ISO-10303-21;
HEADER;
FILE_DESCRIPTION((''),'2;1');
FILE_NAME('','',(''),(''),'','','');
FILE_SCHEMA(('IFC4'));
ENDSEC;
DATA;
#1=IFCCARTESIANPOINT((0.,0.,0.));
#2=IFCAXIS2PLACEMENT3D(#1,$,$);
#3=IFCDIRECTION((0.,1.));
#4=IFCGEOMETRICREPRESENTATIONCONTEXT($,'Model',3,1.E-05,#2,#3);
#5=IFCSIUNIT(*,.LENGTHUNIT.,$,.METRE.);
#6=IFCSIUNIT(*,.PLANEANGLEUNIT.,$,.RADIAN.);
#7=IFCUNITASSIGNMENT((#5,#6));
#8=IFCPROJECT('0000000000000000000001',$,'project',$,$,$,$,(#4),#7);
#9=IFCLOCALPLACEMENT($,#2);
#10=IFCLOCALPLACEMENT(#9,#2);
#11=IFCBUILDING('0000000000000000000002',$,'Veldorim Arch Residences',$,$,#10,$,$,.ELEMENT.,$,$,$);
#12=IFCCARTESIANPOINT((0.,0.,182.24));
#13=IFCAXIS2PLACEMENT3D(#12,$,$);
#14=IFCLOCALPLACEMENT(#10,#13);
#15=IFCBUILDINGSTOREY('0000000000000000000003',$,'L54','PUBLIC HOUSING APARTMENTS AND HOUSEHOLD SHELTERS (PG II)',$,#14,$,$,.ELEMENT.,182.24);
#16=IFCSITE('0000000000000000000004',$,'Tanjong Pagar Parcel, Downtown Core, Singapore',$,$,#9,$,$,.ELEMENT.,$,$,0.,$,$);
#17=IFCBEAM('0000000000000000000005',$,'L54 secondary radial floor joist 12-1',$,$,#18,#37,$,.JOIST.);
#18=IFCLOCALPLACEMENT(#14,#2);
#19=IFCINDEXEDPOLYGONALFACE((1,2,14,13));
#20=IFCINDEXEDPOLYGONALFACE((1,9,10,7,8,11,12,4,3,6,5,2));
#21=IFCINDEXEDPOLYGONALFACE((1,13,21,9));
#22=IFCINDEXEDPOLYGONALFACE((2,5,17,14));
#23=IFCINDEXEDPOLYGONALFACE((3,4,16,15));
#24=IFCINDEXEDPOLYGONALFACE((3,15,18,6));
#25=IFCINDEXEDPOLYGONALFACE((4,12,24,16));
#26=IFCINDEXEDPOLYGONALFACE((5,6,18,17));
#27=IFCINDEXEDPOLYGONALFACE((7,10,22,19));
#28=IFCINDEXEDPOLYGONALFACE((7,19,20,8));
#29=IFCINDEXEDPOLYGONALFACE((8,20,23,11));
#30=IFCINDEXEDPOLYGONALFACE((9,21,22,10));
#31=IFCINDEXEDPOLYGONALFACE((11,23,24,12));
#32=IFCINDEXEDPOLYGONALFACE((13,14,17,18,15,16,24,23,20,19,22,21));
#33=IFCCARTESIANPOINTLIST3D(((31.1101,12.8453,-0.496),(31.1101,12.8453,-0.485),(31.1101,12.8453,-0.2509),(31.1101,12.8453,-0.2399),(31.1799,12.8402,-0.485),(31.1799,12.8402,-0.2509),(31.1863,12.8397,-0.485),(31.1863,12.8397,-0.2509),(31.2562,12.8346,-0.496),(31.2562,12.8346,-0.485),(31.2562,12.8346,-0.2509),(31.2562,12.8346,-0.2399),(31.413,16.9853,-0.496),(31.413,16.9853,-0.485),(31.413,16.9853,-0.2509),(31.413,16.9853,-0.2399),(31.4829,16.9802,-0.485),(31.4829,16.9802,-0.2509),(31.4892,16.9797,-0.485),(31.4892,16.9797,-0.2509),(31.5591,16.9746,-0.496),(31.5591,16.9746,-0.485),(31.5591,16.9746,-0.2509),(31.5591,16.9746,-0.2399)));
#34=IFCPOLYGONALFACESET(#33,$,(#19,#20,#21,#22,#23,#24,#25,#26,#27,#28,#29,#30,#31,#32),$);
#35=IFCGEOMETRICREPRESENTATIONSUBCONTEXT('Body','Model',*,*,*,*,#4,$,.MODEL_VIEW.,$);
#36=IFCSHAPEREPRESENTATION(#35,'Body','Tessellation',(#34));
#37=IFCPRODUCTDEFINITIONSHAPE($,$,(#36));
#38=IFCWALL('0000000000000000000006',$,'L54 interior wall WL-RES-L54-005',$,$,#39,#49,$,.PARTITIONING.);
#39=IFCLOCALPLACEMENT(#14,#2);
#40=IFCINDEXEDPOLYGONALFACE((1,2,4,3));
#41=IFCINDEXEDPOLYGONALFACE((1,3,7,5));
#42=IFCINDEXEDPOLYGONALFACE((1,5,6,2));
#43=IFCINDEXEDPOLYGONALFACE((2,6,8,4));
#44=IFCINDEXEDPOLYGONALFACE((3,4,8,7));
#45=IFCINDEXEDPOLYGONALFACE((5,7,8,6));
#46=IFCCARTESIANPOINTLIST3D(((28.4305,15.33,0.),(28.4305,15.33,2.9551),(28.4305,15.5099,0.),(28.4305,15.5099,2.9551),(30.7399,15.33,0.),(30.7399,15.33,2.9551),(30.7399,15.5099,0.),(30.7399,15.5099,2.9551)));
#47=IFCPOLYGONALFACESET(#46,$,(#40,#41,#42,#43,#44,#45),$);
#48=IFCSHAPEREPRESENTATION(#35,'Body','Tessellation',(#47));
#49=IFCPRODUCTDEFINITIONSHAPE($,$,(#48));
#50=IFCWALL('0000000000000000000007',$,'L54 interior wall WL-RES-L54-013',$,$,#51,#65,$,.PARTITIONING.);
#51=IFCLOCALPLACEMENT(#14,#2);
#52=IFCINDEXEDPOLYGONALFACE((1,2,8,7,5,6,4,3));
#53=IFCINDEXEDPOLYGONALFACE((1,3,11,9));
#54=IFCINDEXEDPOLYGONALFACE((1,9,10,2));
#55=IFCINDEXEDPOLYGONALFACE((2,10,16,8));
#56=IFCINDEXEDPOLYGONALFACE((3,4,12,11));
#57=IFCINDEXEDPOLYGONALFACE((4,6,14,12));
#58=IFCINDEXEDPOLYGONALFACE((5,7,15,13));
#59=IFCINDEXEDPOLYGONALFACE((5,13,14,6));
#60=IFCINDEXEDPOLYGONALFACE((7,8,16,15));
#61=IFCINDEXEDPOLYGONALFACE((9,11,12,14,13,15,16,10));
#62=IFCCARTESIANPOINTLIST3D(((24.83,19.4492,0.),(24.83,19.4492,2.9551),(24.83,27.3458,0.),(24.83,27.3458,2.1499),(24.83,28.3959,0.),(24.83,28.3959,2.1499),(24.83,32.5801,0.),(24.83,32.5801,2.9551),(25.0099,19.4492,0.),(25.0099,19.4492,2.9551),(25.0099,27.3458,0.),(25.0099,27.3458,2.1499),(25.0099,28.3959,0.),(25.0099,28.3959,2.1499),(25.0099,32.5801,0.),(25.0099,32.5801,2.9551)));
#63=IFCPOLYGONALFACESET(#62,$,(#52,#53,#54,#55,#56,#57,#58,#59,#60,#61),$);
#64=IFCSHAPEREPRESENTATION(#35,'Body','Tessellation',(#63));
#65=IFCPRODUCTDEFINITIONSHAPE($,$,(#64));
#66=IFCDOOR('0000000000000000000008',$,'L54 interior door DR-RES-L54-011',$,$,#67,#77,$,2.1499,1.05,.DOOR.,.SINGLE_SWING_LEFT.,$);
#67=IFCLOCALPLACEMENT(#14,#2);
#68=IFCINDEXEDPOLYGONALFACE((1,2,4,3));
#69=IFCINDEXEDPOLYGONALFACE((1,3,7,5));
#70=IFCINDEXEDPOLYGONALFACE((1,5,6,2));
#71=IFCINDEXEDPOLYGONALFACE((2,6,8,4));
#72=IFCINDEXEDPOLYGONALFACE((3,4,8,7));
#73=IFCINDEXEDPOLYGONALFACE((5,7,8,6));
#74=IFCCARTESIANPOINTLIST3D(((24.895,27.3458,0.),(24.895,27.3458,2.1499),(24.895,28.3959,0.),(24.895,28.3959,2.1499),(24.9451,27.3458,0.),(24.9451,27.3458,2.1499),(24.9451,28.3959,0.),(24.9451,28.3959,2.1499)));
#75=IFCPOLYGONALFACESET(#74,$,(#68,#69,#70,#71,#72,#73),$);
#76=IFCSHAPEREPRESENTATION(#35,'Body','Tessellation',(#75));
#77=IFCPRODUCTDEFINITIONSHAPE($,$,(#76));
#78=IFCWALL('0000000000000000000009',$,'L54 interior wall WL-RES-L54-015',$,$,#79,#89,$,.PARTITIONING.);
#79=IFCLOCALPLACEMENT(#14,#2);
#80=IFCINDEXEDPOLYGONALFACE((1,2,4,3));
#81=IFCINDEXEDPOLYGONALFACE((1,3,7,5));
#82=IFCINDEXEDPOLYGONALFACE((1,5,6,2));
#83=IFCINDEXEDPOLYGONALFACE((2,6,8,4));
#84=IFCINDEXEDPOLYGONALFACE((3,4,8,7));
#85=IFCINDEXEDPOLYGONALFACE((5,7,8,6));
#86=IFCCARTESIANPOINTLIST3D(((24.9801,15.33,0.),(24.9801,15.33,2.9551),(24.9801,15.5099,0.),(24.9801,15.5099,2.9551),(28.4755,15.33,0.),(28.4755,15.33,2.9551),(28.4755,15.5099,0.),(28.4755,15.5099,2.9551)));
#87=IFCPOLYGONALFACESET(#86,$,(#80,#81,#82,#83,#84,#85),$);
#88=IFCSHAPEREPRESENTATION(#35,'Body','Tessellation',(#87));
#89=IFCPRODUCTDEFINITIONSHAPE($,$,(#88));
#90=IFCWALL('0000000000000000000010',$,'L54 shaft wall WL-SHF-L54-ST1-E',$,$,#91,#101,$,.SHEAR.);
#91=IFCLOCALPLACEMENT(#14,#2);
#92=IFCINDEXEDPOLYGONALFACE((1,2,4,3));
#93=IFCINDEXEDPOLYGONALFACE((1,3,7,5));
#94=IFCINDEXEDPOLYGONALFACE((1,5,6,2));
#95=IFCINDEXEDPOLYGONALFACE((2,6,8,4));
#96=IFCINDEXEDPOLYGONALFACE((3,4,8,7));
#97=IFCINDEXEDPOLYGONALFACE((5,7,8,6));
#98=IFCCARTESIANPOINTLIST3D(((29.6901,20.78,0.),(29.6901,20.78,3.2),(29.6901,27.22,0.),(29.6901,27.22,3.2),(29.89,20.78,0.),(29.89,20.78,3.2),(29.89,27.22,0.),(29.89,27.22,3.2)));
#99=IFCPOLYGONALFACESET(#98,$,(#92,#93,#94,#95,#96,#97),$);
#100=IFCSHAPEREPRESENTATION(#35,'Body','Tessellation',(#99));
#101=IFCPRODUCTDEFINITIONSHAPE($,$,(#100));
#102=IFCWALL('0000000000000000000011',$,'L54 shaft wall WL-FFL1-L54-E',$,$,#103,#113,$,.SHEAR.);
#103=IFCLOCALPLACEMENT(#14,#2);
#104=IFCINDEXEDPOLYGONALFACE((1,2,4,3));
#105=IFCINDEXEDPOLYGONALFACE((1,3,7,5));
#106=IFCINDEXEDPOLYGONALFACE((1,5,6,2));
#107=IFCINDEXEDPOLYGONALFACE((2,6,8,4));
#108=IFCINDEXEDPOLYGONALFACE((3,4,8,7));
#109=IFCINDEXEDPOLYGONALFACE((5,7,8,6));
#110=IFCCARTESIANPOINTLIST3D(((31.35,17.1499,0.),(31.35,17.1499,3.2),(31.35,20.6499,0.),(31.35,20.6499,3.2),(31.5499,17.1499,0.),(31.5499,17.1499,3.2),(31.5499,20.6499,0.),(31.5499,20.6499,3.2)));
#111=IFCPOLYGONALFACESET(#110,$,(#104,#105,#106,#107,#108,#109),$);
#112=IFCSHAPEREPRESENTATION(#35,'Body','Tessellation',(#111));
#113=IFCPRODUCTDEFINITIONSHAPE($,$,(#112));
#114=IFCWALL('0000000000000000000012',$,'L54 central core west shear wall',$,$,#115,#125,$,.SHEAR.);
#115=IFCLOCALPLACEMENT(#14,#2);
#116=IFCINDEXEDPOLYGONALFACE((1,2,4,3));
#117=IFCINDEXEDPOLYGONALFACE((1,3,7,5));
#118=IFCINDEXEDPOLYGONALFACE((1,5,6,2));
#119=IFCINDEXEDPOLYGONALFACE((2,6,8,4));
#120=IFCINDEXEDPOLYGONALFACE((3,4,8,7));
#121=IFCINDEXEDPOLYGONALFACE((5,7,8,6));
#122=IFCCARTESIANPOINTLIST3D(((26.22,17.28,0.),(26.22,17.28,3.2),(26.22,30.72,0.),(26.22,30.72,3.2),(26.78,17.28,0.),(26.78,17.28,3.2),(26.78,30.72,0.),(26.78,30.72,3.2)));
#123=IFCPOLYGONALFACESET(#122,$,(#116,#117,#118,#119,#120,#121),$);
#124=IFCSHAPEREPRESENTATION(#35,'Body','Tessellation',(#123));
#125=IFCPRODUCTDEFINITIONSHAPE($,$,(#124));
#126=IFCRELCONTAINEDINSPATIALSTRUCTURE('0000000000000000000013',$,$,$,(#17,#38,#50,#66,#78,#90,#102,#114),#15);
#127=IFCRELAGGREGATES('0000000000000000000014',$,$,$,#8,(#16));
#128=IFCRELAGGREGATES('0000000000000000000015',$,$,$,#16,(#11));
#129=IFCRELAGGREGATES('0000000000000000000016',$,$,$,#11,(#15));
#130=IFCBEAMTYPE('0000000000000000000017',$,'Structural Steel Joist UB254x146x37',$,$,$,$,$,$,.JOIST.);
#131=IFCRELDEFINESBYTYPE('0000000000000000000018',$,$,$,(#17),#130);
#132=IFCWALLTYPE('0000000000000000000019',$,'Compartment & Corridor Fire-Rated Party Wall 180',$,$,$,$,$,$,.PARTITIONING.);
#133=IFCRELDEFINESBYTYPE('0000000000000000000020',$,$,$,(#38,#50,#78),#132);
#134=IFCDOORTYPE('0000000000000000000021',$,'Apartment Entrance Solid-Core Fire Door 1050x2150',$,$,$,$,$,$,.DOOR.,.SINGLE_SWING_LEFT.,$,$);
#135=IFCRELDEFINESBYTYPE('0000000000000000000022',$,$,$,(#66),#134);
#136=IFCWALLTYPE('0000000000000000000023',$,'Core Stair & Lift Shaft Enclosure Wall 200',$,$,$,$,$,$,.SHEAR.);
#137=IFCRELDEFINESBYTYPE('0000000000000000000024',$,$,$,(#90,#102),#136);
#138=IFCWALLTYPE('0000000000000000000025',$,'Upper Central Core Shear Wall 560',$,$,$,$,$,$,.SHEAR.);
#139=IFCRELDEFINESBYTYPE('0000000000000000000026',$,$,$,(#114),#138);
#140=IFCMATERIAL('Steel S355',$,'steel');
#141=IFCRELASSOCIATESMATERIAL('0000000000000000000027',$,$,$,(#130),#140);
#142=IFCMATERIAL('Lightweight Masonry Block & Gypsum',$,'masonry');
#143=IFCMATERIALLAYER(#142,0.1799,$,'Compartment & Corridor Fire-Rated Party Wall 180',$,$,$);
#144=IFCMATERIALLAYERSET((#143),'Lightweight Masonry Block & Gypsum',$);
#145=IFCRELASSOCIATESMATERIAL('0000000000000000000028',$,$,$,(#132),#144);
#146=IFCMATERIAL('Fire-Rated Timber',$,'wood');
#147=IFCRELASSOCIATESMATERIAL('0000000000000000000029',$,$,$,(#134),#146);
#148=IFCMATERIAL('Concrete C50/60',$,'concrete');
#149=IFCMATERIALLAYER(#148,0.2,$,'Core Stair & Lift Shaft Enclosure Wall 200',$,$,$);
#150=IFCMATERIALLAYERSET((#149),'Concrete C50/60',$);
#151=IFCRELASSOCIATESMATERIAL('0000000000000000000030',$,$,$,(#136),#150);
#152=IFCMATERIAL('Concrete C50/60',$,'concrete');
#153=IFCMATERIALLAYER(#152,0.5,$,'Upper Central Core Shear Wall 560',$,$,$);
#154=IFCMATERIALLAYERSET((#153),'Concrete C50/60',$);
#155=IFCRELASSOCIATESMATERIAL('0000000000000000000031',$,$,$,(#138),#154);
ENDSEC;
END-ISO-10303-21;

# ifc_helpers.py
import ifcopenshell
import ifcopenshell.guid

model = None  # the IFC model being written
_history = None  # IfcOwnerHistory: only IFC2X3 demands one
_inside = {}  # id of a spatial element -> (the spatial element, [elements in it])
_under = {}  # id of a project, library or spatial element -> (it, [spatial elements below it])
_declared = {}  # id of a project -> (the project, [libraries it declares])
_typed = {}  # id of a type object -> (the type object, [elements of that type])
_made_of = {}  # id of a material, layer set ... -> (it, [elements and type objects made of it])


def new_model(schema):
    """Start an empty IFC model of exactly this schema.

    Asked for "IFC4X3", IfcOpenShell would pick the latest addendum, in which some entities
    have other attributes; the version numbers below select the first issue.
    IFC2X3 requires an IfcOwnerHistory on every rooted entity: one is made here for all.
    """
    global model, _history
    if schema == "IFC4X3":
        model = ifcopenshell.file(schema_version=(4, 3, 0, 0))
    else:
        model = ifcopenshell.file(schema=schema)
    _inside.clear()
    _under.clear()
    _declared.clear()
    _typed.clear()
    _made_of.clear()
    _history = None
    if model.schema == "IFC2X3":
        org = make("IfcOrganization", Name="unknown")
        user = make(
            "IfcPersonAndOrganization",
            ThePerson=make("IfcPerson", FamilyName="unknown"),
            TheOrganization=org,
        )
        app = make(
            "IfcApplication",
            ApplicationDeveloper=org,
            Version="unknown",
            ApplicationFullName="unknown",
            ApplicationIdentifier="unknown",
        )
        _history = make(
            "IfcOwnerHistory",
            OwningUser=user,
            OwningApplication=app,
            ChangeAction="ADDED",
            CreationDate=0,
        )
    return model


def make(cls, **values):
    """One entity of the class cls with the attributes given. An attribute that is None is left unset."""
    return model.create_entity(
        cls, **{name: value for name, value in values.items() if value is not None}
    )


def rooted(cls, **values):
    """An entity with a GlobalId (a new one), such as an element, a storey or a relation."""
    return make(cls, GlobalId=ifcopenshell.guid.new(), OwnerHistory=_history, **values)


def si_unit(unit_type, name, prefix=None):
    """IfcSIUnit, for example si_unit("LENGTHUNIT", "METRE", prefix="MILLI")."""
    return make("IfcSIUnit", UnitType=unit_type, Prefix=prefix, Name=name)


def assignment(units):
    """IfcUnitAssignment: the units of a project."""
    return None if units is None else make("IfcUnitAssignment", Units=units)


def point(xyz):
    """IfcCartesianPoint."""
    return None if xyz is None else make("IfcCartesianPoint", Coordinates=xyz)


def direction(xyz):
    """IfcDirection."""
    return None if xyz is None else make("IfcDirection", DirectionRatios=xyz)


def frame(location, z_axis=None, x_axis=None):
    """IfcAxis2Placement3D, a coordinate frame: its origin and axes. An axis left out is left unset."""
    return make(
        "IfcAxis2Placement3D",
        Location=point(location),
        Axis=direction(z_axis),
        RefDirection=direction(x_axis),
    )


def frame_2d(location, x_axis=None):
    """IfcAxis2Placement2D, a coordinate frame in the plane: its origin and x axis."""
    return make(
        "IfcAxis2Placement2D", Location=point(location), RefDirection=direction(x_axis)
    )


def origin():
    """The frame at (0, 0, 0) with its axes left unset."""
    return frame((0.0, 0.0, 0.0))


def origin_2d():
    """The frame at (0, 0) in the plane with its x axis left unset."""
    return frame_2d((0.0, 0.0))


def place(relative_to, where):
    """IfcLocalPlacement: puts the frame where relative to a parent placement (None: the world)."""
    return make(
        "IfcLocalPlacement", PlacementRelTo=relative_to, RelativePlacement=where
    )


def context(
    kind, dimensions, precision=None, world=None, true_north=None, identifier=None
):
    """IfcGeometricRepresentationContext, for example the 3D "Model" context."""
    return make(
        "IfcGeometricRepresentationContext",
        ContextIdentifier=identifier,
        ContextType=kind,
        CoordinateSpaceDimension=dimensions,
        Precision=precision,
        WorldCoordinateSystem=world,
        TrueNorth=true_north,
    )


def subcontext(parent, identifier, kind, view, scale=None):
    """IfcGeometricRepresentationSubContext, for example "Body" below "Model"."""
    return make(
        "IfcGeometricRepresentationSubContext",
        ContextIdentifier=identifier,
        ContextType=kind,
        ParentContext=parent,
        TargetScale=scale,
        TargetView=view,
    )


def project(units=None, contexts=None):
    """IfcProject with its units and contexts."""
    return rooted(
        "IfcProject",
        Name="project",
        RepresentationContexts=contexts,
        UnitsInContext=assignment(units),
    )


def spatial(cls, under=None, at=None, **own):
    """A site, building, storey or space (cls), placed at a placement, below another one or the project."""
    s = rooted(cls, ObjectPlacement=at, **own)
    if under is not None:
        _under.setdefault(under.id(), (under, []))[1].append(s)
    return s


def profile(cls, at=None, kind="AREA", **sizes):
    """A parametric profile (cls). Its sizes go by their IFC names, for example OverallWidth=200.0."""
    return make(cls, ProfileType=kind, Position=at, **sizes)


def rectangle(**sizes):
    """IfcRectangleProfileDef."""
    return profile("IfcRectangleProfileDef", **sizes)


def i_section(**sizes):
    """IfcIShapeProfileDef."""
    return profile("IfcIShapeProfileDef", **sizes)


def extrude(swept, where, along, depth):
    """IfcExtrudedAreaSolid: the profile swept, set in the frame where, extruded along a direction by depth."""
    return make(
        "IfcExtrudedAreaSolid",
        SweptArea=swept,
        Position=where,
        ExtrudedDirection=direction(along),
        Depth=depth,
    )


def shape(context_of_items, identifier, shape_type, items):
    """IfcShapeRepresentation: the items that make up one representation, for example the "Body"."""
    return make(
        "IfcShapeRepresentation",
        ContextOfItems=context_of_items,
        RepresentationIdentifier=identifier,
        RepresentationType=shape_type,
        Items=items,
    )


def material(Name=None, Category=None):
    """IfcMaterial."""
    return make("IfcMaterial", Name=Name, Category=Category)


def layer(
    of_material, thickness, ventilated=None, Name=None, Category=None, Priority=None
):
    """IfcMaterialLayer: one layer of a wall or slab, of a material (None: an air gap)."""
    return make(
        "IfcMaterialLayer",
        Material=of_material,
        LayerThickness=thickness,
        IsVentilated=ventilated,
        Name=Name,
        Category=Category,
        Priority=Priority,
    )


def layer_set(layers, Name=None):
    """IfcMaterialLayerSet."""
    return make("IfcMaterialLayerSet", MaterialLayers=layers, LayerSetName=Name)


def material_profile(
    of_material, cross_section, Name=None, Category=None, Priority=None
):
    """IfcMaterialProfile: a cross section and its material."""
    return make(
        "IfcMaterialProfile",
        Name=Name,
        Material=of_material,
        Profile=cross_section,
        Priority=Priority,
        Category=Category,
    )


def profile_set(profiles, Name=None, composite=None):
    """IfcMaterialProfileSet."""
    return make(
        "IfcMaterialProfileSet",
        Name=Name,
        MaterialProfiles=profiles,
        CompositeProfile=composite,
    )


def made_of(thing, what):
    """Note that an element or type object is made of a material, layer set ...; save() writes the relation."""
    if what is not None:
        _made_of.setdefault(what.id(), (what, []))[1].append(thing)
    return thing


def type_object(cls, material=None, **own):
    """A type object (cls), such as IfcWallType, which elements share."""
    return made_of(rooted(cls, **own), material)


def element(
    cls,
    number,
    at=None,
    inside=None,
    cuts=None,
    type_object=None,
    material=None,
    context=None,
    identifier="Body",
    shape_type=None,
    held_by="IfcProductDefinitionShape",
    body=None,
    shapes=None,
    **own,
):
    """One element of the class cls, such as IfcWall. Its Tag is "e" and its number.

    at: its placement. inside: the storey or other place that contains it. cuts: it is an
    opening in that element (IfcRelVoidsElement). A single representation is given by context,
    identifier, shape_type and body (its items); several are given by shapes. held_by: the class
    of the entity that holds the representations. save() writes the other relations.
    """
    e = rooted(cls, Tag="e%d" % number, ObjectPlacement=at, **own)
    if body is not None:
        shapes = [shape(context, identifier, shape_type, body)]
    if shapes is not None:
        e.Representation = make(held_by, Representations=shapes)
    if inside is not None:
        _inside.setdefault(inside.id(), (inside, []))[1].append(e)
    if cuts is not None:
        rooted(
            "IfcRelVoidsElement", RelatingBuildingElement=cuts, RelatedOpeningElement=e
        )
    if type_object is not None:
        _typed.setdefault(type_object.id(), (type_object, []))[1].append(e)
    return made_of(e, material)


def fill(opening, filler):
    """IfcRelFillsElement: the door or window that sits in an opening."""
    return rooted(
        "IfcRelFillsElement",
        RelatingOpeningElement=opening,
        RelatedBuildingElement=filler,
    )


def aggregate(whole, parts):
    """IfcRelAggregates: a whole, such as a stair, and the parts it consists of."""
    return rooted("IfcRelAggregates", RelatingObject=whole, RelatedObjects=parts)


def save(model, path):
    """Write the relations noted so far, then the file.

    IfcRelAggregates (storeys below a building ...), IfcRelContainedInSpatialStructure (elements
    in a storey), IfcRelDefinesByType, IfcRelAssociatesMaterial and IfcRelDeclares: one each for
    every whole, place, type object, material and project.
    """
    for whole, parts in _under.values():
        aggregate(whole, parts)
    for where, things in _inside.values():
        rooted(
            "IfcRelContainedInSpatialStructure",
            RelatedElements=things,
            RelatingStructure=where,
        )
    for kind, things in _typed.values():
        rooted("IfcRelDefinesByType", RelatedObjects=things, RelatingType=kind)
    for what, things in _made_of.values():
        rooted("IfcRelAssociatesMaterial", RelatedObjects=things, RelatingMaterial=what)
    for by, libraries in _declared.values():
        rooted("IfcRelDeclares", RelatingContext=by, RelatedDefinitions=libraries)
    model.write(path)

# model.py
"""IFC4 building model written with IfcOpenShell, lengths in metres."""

from ifc_helpers import new_model, si_unit, direction, frame, frame_2d, origin, origin_2d, place, context, subcontext, project, spatial, rectangle, i_section, extrude, material, layer, layer_set, material_profile, profile_set, type_object, element, fill, save


model = new_model("IFC4")

# Units and contexts
model_context = context("Model", 3, precision=1e-05, world=origin(), true_north=direction((0.0, 1.0)))
body_context = subcontext(model_context, "Body", "Model", "MODEL_VIEW")
ifc_project = project(units=[si_unit("LENGTHUNIT", "METRE"), si_unit("PLANEANGLEUNIT", "RADIAN")], contexts=[model_context])

# Site, building, storey
site_placement = place(None, origin())
site = spatial("IfcSite", under=ifc_project, at=site_placement, Name="Tanjong Pagar Parcel, Downtown Core, Singapore", CompositionType="ELEMENT", RefElevation=0.0)
building_placement = place(site_placement, origin())
building = spatial("IfcBuilding", under=site, at=building_placement, Name="Veldorim Arch Residences", CompositionType="ELEMENT")
storey_placement = place(building_placement, frame((0.0, 0.0, 182.24)))
storey = spatial("IfcBuildingStorey", under=building, at=storey_placement, Name="L54", Description="PUBLIC HOUSING APARTMENTS AND HOUSEHOLD SHELTERS (PG II)", CompositionType="ELEMENT", Elevation=182.24)

# Beam
ifc_material_1 = material(Name="Steel S355", Category="steel")
ifc_material_profile_1 = material_profile(ifc_material_1, i_section(OverallWidth=0.1465, OverallDepth=0.2561, WebThickness=0.0063, FlangeThickness=0.011, at=origin_2d()), Name="UB254x146x37")
ifc_profile_set_1 = profile_set([ifc_material_profile_1], Name="Steel S355")
beam_type_1 = type_object("IfcBeamType", Name="Structural Steel Joist UB254x146x37", PredefinedType="JOIST", material=ifc_profile_set_1)
beam_1_placement = place(storey_placement, frame((31.4861, 16.98, -0.3679), z_axis=(-0.072986, -0.997333, 0.0), x_axis=(0.997333, -0.072986, 0.0)))
element("IfcBeam", 1, at=beam_1_placement, inside=storey, type_object=beam_type_1, Name="L54 secondary radial floor joist 12-1", PredefinedType="JOIST", context=body_context, shape_type="SweptSolid", body=[
    extrude(i_section(OverallWidth=0.1465, OverallDepth=0.2561, WebThickness=0.0063, FlangeThickness=0.011, at=origin_2d()), origin(), (0.0, 0.0, 1.0), 4.1511),
])

# Wall
ifc_material_2 = material(Name="Lightweight Masonry Block & Gypsum", Category="masonry")
ifc_layer_1 = layer(ifc_material_2, 0.1799, Name="Compartment & Corridor Fire-Rated Party Wall 180")
ifc_layer_set_1 = layer_set([ifc_layer_1], Name="Lightweight Masonry Block & Gypsum")
wall_type_1 = type_object("IfcWallType", Name="Compartment & Corridor Fire-Rated Party Wall 180", PredefinedType="PARTITIONING", material=ifc_layer_set_1)
wall_1_placement = place(storey_placement, frame((30.74, 15.4199, 0.0), z_axis=(0.0, 0.0, 1.0), x_axis=(-1.0, 0.0, 0.0)))
element("IfcWall", 2, at=wall_1_placement, inside=storey, type_object=wall_type_1, Name="L54 interior wall WL-RES-L54-005", PredefinedType="PARTITIONING", context=body_context, shape_type="SweptSolid", body=[
    extrude(rectangle(XDim=2.3093, YDim=0.1799, at=frame_2d((1.1548, 0.0))), origin(), (0.0, 0.0, 1.0), 2.9551),
])

# Wall, opening, door
wall_2_placement = place(storey_placement, frame((24.9199, 19.4492, 0.0), z_axis=(0.0, 0.0, 1.0), x_axis=(0.0, 1.0, 0.0)))
wall_2 = element("IfcWall", 3, at=wall_2_placement, inside=storey, type_object=wall_type_1, Name="L54 interior wall WL-RES-L54-013", PredefinedType="PARTITIONING", context=body_context, shape_type="SweptSolid", body=[
    extrude(rectangle(XDim=13.1309, YDim=0.1799, at=frame_2d((6.5654, 0.0))), origin(), (0.0, 0.0, 1.0), 2.9551),
])
opening_1_placement = place(wall_2_placement, frame((7.8967, 0.0, 0.0)))
opening_1 = element("IfcOpeningElement", 4, at=opening_1_placement, cuts=wall_2, PredefinedType="OPENING", context=body_context, shape_type="SweptSolid", body=[
    extrude(rectangle(XDim=1.05, YDim=2.1499, at=frame_2d((0.5249, 1.075))), frame((0.0, 0.0999, 0.0), z_axis=(0.0, -1.0, 0.0), x_axis=(1.0, 0.0, 0.0)), (0.0, 0.0, 1.0), 0.2),
])
ifc_material_3 = material(Name="Fire-Rated Timber", Category="wood")
door_type_1 = type_object("IfcDoorType", Name="Apartment Entrance Solid-Core Fire Door 1050x2150", OperationType="SINGLE_SWING_LEFT", PredefinedType="DOOR", material=ifc_material_3)
door_1_placement = place(opening_1_placement, origin())
door_1 = element("IfcDoor", 5, at=door_1_placement, inside=storey, type_object=door_type_1, Name="L54 interior door DR-RES-L54-011", OperationType="SINGLE_SWING_LEFT", OverallHeight=2.1499, OverallWidth=1.05, PredefinedType="DOOR", context=body_context, shape_type="SweptSolid", body=[
    extrude(rectangle(XDim=1.05, YDim=2.1499, at=frame_2d((0.5249, 1.075))), frame((0.0, 0.0249, 0.0), z_axis=(0.0, -1.0, 0.0), x_axis=(1.0, 0.0, 0.0)), (0.0, 0.0, 1.0), 0.05),
])
fill(opening_1, door_1)

# Walls
wall_3_placement = place(storey_placement, frame((28.4753, 15.4199, 0.0), z_axis=(0.0, 0.0, 1.0), x_axis=(-1.0, 0.0, 0.0)))
element("IfcWall", 6, at=wall_3_placement, inside=storey, type_object=wall_type_1, Name="L54 interior wall WL-RES-L54-015", PredefinedType="PARTITIONING", context=body_context, shape_type="SweptSolid", body=[
    extrude(rectangle(XDim=3.4954, YDim=0.1799, at=frame_2d((1.7476, 0.0))), origin(), (0.0, 0.0, 1.0), 2.9551),
])
ifc_material_4 = material(Name="Concrete C50/60", Category="concrete")
ifc_layer_2 = layer(ifc_material_4, 0.2, Name="Core Stair & Lift Shaft Enclosure Wall 200")
ifc_layer_set_2 = layer_set([ifc_layer_2], Name="Concrete C50/60")
wall_type_2 = type_object("IfcWallType", Name="Core Stair & Lift Shaft Enclosure Wall 200", PredefinedType="SHEAR", material=ifc_layer_set_2)
wall_4_placement = place(storey_placement, frame((29.79, 20.78, 0.0), z_axis=(0.0, 0.0, 1.0), x_axis=(0.0, 1.0, 0.0)))
element("IfcWall", 7, at=wall_4_placement, inside=storey, type_object=wall_type_2, Name="L54 shaft wall WL-SHF-L54-ST1-E", PredefinedType="SHEAR", context=body_context, shape_type="SweptSolid", body=[
    extrude(rectangle(XDim=6.4399, YDim=0.2, at=frame_2d((3.22, 0.0))), origin(), (0.0, 0.0, 1.0), 3.2),
])

# Wall
wall_5_placement = place(storey_placement, frame((31.45, 17.1499, 0.0), z_axis=(0.0, 0.0, 1.0), x_axis=(0.0, 1.0, 0.0)))
element("IfcWall", 8, at=wall_5_placement, inside=storey, type_object=wall_type_2, Name="L54 shaft wall WL-FFL1-L54-E", PredefinedType="SHEAR", context=body_context, shape_type="SweptSolid", body=[
    extrude(rectangle(XDim=3.5, YDim=0.2, at=frame_2d((1.75, 0.0))), origin(), (0.0, 0.0, 1.0), 3.2),
])

# Shared definitions
ifc_material_5 = material(Name="Concrete C50/60", Category="concrete")
ifc_layer_3 = layer(ifc_material_5, 0.5, Name="Upper Central Core Shear Wall 560")
ifc_layer_set_3 = layer_set([ifc_layer_3], Name="Concrete C50/60")
wall_type_3 = type_object("IfcWallType", Name="Upper Central Core Shear Wall 560", PredefinedType="SHEAR", material=ifc_layer_set_3)

# Wall
wall_6_placement = place(storey_placement, frame((26.5, 17.28, 0.0), z_axis=(0.0, 0.0, 1.0), x_axis=(0.0, 1.0, 0.0)))
element("IfcWall", 9, at=wall_6_placement, inside=storey, type_object=wall_type_3, Name="L54 central core west shear wall", PredefinedType="SHEAR", context=body_context, shape_type="SweptSolid", body=[
    extrude(rectangle(XDim=13.4399, YDim=0.5601, at=frame_2d((6.72, 0.0))), origin(), (0.0, 0.0, 1.0), 3.2),
])

save(model, "model.ifc")
